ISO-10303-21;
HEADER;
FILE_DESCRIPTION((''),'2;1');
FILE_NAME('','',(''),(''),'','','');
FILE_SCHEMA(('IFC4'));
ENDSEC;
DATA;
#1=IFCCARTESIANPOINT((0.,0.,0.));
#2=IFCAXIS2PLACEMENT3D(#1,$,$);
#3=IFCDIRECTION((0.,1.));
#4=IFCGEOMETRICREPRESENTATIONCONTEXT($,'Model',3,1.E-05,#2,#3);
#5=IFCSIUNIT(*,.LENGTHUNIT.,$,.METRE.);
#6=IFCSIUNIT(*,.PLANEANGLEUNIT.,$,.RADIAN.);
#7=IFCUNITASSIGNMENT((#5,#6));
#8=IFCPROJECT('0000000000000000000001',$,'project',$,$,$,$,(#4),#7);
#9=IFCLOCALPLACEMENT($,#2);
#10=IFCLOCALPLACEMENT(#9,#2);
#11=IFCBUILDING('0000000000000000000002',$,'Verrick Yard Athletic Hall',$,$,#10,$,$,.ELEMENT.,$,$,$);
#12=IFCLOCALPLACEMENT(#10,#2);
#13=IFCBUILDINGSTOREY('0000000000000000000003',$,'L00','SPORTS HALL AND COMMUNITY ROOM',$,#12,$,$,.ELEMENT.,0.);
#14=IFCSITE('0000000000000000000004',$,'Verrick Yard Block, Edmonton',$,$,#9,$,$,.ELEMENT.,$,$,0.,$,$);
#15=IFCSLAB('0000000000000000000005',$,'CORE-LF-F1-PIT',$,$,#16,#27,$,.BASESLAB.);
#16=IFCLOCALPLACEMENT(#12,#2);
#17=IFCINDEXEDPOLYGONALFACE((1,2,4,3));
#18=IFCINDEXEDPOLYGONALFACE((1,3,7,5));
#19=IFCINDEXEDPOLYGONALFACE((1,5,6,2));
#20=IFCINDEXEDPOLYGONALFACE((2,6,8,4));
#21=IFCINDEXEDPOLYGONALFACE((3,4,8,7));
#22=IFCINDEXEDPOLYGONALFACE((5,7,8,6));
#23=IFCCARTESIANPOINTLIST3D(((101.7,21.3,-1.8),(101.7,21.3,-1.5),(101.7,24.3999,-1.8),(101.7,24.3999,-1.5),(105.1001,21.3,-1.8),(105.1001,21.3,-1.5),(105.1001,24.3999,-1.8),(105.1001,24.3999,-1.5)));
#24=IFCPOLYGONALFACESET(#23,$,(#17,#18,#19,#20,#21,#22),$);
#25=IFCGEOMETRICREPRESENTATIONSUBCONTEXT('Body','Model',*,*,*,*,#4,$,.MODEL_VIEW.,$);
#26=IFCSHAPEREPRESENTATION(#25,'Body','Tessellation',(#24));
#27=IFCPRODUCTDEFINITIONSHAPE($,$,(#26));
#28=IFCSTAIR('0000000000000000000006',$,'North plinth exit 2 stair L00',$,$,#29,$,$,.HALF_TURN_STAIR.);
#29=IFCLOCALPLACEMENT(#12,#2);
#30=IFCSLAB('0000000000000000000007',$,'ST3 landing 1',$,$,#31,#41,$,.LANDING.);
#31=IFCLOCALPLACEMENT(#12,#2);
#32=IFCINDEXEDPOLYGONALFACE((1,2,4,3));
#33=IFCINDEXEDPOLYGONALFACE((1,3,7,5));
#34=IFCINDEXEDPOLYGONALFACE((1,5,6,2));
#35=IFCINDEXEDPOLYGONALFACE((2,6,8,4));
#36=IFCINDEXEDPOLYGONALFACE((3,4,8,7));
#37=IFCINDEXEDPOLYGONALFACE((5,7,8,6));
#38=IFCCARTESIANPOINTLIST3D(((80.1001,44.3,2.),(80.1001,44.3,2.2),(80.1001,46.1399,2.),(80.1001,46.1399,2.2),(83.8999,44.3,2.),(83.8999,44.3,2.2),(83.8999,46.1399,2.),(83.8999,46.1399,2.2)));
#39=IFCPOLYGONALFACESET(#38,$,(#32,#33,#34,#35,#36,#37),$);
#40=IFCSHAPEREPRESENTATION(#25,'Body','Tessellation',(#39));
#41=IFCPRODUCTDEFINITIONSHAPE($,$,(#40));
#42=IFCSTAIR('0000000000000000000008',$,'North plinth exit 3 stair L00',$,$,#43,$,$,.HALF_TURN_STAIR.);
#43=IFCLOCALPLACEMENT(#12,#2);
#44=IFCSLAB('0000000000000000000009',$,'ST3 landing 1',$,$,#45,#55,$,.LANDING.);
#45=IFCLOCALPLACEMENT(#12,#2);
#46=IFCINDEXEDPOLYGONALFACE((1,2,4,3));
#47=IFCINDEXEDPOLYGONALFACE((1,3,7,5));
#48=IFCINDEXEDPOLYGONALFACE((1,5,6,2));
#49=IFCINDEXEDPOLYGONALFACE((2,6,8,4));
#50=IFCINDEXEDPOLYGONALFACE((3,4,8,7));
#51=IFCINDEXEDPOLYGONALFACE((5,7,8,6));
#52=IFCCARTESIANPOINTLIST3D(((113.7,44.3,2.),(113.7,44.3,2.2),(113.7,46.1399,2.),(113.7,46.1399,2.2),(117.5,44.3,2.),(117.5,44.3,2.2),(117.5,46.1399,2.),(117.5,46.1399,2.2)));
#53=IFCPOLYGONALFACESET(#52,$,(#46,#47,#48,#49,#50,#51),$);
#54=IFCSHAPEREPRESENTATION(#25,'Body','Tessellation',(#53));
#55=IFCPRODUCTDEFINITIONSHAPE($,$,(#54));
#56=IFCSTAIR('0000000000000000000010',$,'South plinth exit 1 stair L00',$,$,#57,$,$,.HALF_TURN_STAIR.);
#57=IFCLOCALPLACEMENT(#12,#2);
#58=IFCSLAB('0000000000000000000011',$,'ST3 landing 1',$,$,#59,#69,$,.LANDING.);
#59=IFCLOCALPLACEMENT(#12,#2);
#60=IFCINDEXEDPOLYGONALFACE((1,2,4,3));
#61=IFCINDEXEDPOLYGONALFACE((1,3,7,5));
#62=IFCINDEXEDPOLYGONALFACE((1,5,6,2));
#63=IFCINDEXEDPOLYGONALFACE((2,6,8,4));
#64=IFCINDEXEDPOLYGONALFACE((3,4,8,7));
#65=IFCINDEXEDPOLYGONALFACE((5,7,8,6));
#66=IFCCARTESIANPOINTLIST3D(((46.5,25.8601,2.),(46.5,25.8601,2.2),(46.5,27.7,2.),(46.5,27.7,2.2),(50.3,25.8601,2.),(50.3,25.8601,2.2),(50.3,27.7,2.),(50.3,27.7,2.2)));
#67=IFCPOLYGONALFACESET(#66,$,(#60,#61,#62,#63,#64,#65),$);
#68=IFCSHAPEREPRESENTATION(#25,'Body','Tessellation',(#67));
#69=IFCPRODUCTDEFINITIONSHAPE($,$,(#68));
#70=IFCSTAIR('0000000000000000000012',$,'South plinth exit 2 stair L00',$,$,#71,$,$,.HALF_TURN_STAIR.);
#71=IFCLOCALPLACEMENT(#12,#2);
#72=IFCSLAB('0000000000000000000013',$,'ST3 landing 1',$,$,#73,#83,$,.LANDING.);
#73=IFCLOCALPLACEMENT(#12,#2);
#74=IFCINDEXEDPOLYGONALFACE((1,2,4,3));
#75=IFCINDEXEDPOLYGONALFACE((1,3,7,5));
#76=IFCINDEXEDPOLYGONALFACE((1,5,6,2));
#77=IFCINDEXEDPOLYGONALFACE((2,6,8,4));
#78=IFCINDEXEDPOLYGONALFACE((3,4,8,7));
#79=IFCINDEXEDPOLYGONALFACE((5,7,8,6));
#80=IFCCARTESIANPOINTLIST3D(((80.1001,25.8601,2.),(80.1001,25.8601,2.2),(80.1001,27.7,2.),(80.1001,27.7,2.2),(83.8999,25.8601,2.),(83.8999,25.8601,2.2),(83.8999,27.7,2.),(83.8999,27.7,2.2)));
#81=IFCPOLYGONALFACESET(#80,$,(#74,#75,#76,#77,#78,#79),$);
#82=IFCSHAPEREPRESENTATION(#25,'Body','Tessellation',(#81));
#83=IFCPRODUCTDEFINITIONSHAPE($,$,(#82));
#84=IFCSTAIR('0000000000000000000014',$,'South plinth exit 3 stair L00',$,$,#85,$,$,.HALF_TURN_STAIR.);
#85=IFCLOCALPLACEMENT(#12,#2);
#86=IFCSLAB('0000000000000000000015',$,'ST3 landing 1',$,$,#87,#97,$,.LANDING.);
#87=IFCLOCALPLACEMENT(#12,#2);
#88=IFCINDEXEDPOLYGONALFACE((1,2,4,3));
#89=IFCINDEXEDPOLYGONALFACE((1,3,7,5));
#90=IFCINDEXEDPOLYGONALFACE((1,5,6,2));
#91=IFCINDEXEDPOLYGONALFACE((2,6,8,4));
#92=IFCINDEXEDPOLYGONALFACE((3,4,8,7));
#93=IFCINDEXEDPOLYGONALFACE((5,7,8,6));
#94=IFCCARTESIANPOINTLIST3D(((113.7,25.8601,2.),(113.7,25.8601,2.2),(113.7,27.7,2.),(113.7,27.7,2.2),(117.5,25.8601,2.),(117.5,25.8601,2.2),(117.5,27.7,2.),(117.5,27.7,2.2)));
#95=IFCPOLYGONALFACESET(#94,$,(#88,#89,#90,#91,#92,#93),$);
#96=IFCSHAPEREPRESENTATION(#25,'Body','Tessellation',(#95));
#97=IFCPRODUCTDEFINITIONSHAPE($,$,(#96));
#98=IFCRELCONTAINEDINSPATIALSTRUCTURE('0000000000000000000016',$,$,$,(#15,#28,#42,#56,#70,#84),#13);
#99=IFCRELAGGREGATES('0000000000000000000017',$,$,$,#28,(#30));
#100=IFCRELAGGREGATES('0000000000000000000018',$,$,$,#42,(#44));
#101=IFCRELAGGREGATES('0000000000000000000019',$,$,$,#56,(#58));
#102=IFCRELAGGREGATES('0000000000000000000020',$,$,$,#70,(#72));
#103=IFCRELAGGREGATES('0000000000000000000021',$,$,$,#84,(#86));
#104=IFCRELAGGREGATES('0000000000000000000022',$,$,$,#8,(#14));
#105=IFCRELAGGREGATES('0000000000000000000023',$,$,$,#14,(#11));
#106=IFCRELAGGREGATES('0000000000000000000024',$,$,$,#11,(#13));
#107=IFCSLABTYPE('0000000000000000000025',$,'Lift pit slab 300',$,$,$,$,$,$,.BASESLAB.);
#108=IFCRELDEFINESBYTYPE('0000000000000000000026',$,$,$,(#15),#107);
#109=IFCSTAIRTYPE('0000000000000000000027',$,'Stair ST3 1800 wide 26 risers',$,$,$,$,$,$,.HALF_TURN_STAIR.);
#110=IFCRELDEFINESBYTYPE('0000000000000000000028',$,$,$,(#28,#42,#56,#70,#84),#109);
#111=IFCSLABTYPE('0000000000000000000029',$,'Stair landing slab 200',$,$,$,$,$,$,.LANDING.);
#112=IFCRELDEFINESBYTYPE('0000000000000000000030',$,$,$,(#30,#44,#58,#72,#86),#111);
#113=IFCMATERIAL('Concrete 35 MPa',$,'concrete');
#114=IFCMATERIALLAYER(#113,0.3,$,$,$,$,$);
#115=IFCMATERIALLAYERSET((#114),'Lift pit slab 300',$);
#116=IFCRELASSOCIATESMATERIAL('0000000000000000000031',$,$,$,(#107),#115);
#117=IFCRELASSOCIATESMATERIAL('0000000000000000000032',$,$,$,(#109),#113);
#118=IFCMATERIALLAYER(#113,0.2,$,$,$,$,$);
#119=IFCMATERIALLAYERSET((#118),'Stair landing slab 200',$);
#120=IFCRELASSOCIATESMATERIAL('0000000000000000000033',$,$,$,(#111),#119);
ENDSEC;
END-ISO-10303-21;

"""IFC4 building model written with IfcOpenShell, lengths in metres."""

from ifc_helpers import new_model, si_unit, direction, frame, origin, place, context, subcontext, project, spatial, polyline, outline, extrude, material, layer, layer_set, type_object, element, aggregate, save


model = new_model("IFC4")

# Units and contexts
model_context = context("Model", 3, precision=1e-05, world=origin(), true_north=direction((0.0, 1.0)))
body_context = subcontext(model_context, "Body", "Model", "MODEL_VIEW")
ifc_project = project(units=[si_unit("LENGTHUNIT", "METRE"), si_unit("PLANEANGLEUNIT", "RADIAN")], contexts=[model_context])

# Site, building, storey
site_placement = place(None, origin())
site = spatial("IfcSite", under=ifc_project, at=site_placement, Name="Verrick Yard Block, Edmonton", CompositionType="ELEMENT", RefElevation=0.0)
building_placement = place(site_placement, origin())
building = spatial("IfcBuilding", under=site, at=building_placement, Name="Verrick Yard Athletic Hall", CompositionType="ELEMENT")
storey_placement = place(building_placement, origin())
storey = spatial("IfcBuildingStorey", under=building, at=storey_placement, Name="L00", Description="SPORTS HALL AND COMMUNITY ROOM", CompositionType="ELEMENT", Elevation=0.0)

# Slab
ifc_material = material(Name="Concrete 35 MPa", Category="concrete")
ifc_layer_1 = layer(ifc_material, 0.3)
ifc_layer_set_1 = layer_set([ifc_layer_1], Name="Lift pit slab 300")
slab_type_1 = type_object("IfcSlabType", Name="Lift pit slab 300", PredefinedType="BASESLAB", material=ifc_layer_set_1)
slab_1_placement = place(storey_placement, frame((0.0, 0.0, -1.8)))
element("IfcSlab", 1, at=slab_1_placement, inside=storey, type_object=slab_type_1, Name="CORE-LF-F1-PIT", PredefinedType="BASESLAB", context=body_context, shape_type="SweptSolid", body=[
    extrude(outline(polyline([(101.7, 21.3), (105.1001, 21.3), (105.1001, 24.3999), (101.7, 24.3999), (101.7, 21.3)])), origin(), (0.0, 0.0, 1.0), 0.3),
])

# Stairs, slabs
stair_type = type_object("IfcStairType", Name="Stair ST3 1800 wide 26 risers", PredefinedType="HALF_TURN_STAIR", material=ifc_material)
stair_1_placement = place(storey_placement, origin())
stair_1 = element("IfcStair", 2, at=stair_1_placement, inside=storey, type_object=stair_type, Name="North plinth exit 2 stair L00", PredefinedType="HALF_TURN_STAIR")
ifc_layer_2 = layer(ifc_material, 0.2)
ifc_layer_set_2 = layer_set([ifc_layer_2], Name="Stair landing slab 200")
slab_type_2 = type_object("IfcSlabType", Name="Stair landing slab 200", PredefinedType="LANDING", material=ifc_layer_set_2)
slab_2_placement = place(storey_placement, frame((0.0, 0.0, 2.0)))
slab_2 = element("IfcSlab", 3, at=slab_2_placement, type_object=slab_type_2, Name="ST3 landing 1", PredefinedType="LANDING", context=body_context, shape_type="SweptSolid", body=[
    extrude(outline(polyline([(80.1001, 46.1399), (80.1001, 44.3), (83.8999, 44.3), (83.8999, 46.1399), (80.1001, 46.1399)])), origin(), (0.0, 0.0, 1.0), 0.2),
])
aggregate(stair_1, [slab_2])
stair_2_placement = place(storey_placement, origin())
stair_2 = element("IfcStair", 4, at=stair_2_placement, inside=storey, type_object=stair_type, Name="North plinth exit 3 stair L00", PredefinedType="HALF_TURN_STAIR")
slab_3_placement = place(storey_placement, frame((0.0, 0.0, 2.0)))
slab_3 = element("IfcSlab", 5, at=slab_3_placement, type_object=slab_type_2, Name="ST3 landing 1", PredefinedType="LANDING", context=body_context, shape_type="SweptSolid", body=[
    extrude(outline(polyline([(113.7, 46.1399), (113.7, 44.3), (117.5, 44.3), (117.5, 46.1399), (113.7, 46.1399)])), origin(), (0.0, 0.0, 1.0), 0.2),
])
aggregate(stair_2, [slab_3])
stair_3_placement = place(storey_placement, origin())
stair_3 = element("IfcStair", 6, at=stair_3_placement, inside=storey, type_object=stair_type, Name="South plinth exit 1 stair L00", PredefinedType="HALF_TURN_STAIR")
slab_4_placement = place(storey_placement, frame((0.0, 0.0, 2.0)))
slab_4 = element("IfcSlab", 7, at=slab_4_placement, type_object=slab_type_2, Name="ST3 landing 1", PredefinedType="LANDING", context=body_context, shape_type="SweptSolid", body=[
    extrude(outline(polyline([(50.3, 25.8601), (50.3, 27.7), (46.5, 27.7), (46.5, 25.8601), (50.3, 25.8601)])), origin(), (0.0, 0.0, 1.0), 0.2),
])
aggregate(stair_3, [slab_4])
stair_4_placement = place(storey_placement, origin())
stair_4 = element("IfcStair", 8, at=stair_4_placement, inside=storey, type_object=stair_type, Name="South plinth exit 2 stair L00", PredefinedType="HALF_TURN_STAIR")
slab_5_placement = place(storey_placement, frame((0.0, 0.0, 2.0)))
slab_5 = element("IfcSlab", 9, at=slab_5_placement, type_object=slab_type_2, Name="ST3 landing 1", PredefinedType="LANDING", context=body_context, shape_type="SweptSolid", body=[
    extrude(outline(polyline([(83.8999, 25.8601), (83.8999, 27.7), (80.1001, 27.7), (80.1001, 25.8601), (83.8999, 25.8601)])), origin(), (0.0, 0.0, 1.0), 0.2),
])
aggregate(stair_4, [slab_5])
stair_5_placement = place(storey_placement, origin())
stair_5 = element("IfcStair", 10, at=stair_5_placement, inside=storey, type_object=stair_type, Name="South plinth exit 3 stair L00", PredefinedType="HALF_TURN_STAIR")
slab_6_placement = place(storey_placement, frame((0.0, 0.0, 2.0)))
slab_6 = element("IfcSlab", 11, at=slab_6_placement, type_object=slab_type_2, Name="ST3 landing 1", PredefinedType="LANDING", context=body_context, shape_type="SweptSolid", body=[
    extrude(outline(polyline([(117.5, 25.8601), (117.5, 27.7), (113.7, 27.7), (113.7, 25.8601), (117.5, 25.8601)])), origin(), (0.0, 0.0, 1.0), 0.2),
])
aggregate(stair_5, [slab_6])

save(model, "model.ifc")
